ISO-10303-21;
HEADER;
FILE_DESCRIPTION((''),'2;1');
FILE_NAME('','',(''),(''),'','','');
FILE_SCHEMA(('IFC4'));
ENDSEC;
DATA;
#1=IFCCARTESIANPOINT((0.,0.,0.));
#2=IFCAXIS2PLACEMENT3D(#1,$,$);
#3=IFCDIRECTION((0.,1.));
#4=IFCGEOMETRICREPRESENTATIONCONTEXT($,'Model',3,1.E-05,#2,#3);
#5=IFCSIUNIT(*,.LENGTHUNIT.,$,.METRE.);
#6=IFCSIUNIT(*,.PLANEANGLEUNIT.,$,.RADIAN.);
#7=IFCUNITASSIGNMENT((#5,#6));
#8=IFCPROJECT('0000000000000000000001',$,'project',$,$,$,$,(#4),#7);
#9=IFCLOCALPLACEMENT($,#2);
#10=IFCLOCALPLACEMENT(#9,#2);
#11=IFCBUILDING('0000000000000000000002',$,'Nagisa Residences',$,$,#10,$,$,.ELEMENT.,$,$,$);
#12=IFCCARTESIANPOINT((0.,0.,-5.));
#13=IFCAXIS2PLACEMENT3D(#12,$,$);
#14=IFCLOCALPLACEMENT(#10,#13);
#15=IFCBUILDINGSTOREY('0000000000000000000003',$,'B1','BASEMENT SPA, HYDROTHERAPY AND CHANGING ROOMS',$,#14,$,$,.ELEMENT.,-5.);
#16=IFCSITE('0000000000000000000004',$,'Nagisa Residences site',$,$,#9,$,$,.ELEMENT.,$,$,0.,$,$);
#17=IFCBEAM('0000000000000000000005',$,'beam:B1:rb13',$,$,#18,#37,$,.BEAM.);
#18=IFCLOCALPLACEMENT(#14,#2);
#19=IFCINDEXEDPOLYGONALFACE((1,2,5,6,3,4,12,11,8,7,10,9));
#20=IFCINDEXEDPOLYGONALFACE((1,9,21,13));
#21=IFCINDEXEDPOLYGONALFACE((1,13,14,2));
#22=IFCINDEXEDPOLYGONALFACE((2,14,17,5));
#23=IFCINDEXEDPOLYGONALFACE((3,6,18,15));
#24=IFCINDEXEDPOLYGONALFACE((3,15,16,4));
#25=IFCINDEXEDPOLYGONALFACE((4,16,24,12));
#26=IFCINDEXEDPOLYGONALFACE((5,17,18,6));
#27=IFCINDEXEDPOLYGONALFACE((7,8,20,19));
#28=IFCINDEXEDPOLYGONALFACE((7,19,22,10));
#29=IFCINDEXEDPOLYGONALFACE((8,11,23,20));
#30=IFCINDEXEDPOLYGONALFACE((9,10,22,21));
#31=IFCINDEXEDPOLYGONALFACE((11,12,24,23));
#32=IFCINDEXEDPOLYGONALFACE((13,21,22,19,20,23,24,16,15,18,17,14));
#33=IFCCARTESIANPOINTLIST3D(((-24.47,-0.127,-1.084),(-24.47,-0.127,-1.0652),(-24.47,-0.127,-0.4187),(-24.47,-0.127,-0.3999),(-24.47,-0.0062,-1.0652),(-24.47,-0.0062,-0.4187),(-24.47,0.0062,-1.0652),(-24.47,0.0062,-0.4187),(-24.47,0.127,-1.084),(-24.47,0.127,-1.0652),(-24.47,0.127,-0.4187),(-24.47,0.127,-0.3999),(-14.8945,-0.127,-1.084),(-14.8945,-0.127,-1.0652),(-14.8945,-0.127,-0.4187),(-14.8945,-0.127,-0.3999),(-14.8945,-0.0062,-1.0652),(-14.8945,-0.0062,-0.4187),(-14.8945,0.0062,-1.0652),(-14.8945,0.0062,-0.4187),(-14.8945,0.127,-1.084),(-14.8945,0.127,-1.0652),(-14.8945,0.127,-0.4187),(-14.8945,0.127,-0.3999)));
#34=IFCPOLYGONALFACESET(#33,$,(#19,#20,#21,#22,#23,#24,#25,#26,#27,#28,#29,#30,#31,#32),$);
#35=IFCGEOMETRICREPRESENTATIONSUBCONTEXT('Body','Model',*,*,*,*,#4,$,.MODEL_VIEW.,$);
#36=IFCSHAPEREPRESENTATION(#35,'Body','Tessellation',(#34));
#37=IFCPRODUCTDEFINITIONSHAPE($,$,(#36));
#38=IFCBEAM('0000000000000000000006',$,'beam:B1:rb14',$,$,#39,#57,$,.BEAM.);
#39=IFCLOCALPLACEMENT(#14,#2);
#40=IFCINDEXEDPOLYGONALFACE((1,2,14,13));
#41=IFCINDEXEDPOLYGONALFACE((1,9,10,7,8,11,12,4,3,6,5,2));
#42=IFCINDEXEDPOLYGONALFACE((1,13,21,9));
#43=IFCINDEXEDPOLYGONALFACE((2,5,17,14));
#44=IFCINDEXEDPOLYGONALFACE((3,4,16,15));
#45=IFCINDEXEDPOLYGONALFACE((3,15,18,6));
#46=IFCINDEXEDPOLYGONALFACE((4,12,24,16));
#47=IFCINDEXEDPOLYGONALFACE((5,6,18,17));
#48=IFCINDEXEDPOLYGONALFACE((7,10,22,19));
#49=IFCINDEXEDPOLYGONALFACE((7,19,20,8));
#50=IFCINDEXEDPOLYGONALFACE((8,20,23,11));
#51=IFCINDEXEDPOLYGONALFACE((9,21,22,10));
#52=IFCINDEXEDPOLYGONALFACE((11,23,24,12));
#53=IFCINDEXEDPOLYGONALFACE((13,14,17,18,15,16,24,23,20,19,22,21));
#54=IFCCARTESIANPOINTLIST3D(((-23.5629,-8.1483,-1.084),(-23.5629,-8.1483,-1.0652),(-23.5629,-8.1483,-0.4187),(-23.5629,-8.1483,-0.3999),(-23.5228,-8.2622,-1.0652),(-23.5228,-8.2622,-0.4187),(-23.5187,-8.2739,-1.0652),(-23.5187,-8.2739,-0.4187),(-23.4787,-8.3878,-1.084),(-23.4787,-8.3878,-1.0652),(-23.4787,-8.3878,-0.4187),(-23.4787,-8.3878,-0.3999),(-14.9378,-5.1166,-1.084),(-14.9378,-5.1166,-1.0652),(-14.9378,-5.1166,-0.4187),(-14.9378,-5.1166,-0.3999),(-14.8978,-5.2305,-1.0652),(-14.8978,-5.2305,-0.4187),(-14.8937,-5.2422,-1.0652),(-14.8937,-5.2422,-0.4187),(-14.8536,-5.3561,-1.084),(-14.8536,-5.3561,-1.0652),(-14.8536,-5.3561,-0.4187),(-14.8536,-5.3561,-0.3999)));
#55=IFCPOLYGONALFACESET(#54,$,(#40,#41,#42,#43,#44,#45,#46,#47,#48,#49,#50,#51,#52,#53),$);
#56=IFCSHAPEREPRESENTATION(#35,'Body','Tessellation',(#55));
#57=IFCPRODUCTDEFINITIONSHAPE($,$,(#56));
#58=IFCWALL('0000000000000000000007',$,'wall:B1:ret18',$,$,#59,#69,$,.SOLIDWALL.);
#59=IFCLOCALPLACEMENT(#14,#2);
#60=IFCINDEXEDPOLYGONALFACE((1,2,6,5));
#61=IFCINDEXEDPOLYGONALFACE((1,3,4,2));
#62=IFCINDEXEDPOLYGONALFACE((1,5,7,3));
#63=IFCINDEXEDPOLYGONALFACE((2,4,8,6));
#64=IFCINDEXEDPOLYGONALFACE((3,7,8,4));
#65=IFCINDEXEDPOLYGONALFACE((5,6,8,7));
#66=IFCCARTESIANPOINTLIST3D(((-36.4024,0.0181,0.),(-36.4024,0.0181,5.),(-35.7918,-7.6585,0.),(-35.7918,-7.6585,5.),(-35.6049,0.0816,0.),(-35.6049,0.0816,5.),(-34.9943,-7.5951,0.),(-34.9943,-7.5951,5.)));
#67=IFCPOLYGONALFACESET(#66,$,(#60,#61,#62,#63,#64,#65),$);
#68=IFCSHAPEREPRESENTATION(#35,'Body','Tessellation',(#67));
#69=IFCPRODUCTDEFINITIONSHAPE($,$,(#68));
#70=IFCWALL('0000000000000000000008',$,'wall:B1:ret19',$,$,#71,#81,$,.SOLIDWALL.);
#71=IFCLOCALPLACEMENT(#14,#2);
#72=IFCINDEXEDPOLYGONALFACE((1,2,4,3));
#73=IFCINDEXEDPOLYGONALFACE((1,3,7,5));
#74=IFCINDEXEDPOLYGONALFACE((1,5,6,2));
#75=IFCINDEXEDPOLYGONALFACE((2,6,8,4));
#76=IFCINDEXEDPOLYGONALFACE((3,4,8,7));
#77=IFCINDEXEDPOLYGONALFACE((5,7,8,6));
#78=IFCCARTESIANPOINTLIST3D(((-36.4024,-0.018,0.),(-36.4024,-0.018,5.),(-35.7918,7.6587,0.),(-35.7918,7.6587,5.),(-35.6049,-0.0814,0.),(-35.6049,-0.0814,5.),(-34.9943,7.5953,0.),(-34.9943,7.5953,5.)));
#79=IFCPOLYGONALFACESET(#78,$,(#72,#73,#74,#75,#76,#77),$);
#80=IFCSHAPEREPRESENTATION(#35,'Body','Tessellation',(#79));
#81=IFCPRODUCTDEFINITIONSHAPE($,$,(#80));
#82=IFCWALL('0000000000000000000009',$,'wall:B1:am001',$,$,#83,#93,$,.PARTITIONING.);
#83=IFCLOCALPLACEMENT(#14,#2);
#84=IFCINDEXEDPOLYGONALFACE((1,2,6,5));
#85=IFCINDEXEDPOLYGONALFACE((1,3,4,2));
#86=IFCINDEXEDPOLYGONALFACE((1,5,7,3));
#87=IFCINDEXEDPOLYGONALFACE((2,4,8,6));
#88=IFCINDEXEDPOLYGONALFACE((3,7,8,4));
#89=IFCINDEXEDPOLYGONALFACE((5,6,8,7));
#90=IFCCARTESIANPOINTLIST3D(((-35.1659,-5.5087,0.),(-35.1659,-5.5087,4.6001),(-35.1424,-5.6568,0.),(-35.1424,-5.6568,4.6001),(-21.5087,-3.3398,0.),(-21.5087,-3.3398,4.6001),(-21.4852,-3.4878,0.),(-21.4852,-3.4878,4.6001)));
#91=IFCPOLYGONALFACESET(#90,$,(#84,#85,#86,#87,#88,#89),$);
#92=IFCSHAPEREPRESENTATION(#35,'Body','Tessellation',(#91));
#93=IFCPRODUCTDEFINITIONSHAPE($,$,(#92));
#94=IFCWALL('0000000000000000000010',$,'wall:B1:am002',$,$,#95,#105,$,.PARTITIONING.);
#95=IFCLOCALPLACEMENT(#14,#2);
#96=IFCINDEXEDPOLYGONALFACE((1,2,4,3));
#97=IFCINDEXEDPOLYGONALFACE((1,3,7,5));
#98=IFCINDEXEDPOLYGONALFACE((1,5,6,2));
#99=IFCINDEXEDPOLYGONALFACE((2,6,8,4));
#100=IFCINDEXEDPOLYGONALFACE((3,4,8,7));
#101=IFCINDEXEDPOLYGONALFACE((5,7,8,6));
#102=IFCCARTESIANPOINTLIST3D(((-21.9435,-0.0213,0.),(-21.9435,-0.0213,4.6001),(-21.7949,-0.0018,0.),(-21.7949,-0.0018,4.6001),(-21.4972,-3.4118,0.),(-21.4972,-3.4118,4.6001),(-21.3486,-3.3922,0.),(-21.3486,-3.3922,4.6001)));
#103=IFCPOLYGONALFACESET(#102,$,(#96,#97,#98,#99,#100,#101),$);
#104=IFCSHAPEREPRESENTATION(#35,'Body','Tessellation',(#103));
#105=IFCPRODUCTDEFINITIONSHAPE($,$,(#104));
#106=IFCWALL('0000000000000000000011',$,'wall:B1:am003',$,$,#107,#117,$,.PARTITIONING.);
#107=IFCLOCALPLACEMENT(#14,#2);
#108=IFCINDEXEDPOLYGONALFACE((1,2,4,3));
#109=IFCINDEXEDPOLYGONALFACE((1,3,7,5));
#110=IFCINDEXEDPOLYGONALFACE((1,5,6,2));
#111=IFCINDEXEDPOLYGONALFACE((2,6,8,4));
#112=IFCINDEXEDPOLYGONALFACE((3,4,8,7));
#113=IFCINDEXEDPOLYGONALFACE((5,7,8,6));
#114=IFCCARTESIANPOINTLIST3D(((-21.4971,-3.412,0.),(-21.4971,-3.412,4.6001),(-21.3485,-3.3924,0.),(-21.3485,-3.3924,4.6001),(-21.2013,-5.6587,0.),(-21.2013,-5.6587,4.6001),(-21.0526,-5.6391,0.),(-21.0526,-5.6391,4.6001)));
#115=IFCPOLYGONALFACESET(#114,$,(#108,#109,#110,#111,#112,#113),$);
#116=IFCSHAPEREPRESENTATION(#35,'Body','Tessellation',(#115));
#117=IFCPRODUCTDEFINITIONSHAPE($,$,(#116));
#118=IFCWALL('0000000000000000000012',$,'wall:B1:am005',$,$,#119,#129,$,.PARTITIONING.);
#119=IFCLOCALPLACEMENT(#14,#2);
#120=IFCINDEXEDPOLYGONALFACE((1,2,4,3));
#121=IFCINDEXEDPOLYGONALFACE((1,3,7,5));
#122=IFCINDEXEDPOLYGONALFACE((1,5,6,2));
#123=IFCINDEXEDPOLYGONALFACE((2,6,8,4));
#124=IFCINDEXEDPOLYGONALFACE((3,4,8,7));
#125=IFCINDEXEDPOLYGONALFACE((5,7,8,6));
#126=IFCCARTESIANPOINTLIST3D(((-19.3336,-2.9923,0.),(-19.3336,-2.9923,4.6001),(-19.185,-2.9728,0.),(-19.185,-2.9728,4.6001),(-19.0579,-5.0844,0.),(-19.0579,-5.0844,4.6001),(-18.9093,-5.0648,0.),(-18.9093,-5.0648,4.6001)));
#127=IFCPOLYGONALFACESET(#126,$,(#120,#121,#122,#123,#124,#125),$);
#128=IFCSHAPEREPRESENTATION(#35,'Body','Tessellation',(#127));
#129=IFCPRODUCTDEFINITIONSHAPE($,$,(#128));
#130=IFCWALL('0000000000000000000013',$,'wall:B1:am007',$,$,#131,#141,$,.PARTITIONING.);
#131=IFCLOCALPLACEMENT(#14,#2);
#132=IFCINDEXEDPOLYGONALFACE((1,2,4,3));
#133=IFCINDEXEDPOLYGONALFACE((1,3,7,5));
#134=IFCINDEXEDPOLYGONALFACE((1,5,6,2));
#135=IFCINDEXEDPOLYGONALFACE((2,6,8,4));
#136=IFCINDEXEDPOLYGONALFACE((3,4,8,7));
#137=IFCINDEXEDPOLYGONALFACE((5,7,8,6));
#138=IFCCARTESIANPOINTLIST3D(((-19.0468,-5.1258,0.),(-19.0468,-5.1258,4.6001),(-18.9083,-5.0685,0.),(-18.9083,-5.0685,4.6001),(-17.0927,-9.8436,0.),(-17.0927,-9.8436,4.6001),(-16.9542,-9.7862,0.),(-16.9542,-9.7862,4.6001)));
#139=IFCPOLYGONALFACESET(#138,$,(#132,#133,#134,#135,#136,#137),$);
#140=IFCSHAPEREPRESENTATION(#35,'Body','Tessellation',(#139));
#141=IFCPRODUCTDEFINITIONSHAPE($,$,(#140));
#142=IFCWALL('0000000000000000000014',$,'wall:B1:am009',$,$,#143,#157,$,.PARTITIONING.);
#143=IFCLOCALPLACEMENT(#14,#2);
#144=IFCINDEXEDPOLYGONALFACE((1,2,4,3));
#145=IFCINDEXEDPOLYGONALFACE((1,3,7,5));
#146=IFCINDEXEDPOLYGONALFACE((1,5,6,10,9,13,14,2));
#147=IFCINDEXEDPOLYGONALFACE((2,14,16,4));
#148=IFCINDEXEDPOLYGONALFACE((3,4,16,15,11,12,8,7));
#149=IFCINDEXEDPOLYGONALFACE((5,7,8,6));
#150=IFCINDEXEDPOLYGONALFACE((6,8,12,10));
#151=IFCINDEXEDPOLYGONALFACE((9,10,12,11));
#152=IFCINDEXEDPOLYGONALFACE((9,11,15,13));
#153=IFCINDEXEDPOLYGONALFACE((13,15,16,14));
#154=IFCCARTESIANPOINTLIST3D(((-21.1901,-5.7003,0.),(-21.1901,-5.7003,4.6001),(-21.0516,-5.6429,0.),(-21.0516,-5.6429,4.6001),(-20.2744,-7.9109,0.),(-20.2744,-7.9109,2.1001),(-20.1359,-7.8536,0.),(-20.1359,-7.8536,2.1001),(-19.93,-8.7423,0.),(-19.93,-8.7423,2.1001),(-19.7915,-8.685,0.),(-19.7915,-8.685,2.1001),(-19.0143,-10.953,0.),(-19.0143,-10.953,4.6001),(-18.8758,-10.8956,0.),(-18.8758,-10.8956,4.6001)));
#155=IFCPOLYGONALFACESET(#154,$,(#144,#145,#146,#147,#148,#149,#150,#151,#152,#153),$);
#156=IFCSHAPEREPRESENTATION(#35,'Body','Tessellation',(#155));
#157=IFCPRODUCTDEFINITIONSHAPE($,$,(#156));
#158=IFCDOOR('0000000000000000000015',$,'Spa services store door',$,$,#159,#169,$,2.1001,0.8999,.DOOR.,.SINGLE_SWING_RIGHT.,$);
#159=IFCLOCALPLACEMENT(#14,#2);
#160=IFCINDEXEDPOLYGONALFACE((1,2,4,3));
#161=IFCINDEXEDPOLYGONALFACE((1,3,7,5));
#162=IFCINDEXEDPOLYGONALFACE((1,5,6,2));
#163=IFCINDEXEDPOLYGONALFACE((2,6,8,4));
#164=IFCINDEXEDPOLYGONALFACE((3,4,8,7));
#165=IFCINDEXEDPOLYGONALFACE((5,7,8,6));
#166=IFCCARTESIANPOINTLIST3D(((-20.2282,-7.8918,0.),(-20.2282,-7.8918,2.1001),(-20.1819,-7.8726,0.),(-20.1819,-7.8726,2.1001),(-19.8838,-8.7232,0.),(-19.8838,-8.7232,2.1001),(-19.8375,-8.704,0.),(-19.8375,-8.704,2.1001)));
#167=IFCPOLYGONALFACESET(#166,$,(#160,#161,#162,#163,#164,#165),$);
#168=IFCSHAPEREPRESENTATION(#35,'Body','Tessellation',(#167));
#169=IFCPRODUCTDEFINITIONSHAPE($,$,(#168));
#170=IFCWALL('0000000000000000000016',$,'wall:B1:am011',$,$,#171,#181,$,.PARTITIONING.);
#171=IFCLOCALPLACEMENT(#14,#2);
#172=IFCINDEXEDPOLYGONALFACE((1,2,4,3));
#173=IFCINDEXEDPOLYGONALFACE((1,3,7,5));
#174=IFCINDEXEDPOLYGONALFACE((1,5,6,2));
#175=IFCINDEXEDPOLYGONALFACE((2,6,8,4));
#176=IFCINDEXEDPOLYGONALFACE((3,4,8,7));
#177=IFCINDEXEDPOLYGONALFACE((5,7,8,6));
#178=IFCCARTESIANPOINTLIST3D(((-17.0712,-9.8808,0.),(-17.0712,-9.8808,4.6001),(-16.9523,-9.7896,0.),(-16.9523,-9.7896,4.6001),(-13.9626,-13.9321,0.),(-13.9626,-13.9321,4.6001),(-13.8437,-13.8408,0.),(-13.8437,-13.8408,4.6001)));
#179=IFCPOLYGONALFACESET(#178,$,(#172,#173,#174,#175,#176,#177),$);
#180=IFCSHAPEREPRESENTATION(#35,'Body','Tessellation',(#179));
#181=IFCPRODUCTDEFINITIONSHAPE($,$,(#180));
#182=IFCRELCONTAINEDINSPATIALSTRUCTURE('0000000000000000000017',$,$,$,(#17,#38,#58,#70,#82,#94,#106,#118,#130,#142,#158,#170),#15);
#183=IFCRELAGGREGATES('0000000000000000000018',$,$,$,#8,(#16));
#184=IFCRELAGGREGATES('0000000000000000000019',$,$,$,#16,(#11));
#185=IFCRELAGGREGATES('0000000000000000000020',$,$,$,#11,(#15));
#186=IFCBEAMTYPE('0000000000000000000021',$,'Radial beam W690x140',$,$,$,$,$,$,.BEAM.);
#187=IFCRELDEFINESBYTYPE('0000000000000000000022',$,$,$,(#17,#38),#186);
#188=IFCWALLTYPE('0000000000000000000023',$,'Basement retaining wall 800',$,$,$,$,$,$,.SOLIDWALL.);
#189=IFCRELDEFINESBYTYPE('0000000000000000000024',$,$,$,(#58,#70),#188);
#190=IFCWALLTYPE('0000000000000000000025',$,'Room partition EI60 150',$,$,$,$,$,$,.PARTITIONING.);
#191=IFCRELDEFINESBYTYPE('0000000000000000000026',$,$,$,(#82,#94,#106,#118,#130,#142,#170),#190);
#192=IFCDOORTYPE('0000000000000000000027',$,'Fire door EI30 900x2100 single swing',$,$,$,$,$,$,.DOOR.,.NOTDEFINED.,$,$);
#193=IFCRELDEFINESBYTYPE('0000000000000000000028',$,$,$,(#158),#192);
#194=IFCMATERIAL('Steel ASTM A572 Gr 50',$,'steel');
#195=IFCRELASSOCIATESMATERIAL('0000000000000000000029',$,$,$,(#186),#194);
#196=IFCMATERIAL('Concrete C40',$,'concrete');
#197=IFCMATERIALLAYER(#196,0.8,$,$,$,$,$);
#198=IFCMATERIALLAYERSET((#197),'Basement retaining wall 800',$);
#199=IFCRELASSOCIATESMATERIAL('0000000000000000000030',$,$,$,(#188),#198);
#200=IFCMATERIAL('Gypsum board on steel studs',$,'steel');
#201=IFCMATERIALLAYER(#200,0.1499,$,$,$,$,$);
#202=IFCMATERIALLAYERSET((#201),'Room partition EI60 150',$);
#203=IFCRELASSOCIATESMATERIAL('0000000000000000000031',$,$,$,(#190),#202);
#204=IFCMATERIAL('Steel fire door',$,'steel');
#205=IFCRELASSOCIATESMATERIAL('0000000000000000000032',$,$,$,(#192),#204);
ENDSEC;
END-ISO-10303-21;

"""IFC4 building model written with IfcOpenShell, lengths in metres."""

from ifc_helpers import new_model, si_unit, direction, frame, frame_2d, origin, origin_2d, place, context, subcontext, project, spatial, rectangle, i_section, extrude, material, layer, layer_set, material_profile, profile_set, type_object, element, fill, save


model = new_model("IFC4")

# Units and contexts
model_context = context("Model", 3, precision=1e-05, world=origin(), true_north=direction((0.0, 1.0)))
body_context = subcontext(model_context, "Body", "Model", "MODEL_VIEW")
ifc_project = project(units=[si_unit("LENGTHUNIT", "METRE"), si_unit("PLANEANGLEUNIT", "RADIAN")], contexts=[model_context])

# Site, building, storey
site_placement = place(None, origin())
site = spatial("IfcSite", under=ifc_project, at=site_placement, Name="Nagisa Residences site", CompositionType="ELEMENT", RefElevation=0.0)
building_placement = place(site_placement, origin())
building = spatial("IfcBuilding", under=site, at=building_placement, Name="Nagisa Residences", CompositionType="ELEMENT")
storey_placement = place(building_placement, frame((0.0, 0.0, -5.0)))
storey = spatial("IfcBuildingStorey", under=building, at=storey_placement, Name="B1", Description="BASEMENT SPA, HYDROTHERAPY AND CHANGING ROOMS", CompositionType="ELEMENT", Elevation=-5.0)

# Beams
ifc_material_1 = material(Name="Steel ASTM A572 Gr 50", Category="steel")
ifc_material_profile_1 = material_profile(ifc_material_1, i_section(OverallWidth=0.2539, OverallDepth=0.6841, WebThickness=0.0125, FlangeThickness=0.0188, at=origin_2d()), Name="W690x140")
ifc_profile_set_1 = profile_set([ifc_material_profile_1], Name="Steel ASTM A572 Gr 50")
beam_type_1 = type_object("IfcBeamType", Name="Radial beam W690x140", PredefinedType="BEAM", material=ifc_profile_set_1)
beam_1_placement = place(storey_placement, frame((-24.47, 0.0, -0.7419), z_axis=(1.0, 0.0, 0.0), x_axis=(0.0, 1.0, 0.0)))
element("IfcBeam", 1, at=beam_1_placement, inside=storey, type_object=beam_type_1, Name="beam:B1:rb13", PredefinedType="BEAM", context=body_context, shape_type="SweptSolid", body=[
    extrude(i_section(OverallWidth=0.2539, OverallDepth=0.6841, WebThickness=0.0125, FlangeThickness=0.0188, at=origin_2d()), origin(), (0.0, 0.0, 1.0), 9.5754),
])
beam_2_placement = place(storey_placement, frame((-23.5208, -8.2681, -0.7419), z_axis=(0.943415, 0.331616, 0.0), x_axis=(-0.331616, 0.943415, 0.0)))
element("IfcBeam", 2, at=beam_2_placement, inside=storey, type_object=beam_type_1, Name="beam:B1:rb14", PredefinedType="BEAM", context=body_context, shape_type="SweptSolid", body=[
    extrude(i_section(OverallWidth=0.2539, OverallDepth=0.6841, WebThickness=0.0125, FlangeThickness=0.0188, at=origin_2d()), origin(), (0.0, 0.0, 1.0), 9.1423),
])

# Walls
ifc_material_2 = material(Name="Concrete C40", Category="concrete")
ifc_layer_1 = layer(ifc_material_2, 0.8)
ifc_layer_set_1 = layer_set([ifc_layer_1], Name="Basement retaining wall 800")
wall_type_1 = type_object("IfcWallType", Name="Basement retaining wall 800", PredefinedType="SOLIDWALL", material=ifc_layer_set_1)
for number, where, z_axis, x_axis, name in (
    (3, (-35.3931, -7.627, 0.0), (0.0, 0.0, 1.0), (-0.079288, 0.996852, 0.0), "wall:B1:ret18"),
    (4, (-36.0037, -0.0498, 0.0), (0.0, 0.0, 1.0), (0.079288, 0.996852, 0.0), "wall:B1:ret19"),
):
    element("IfcWall", number, at=place(storey_placement, frame(where, z_axis=z_axis, x_axis=x_axis)), inside=storey, type_object=wall_type_1, Name=name, PredefinedType="SOLIDWALL", context=body_context, shape_type="SweptSolid", body=[
        extrude(rectangle(XDim=7.7009, YDim=0.8, at=frame_2d((3.8506, 0.0))), origin(), (0.0, 0.0, 1.0), 5.0),
    ])
ifc_material_3 = material(Name="Gypsum board on steel studs", Category="steel")
ifc_layer_2 = layer(ifc_material_3, 0.1499)
ifc_layer_set_2 = layer_set([ifc_layer_2], Name="Room partition EI60 150")
wall_type_2 = type_object("IfcWallType", Name="Room partition EI60 150", PredefinedType="PARTITIONING", material=ifc_layer_set_2)
wall_1_placement = place(storey_placement, frame((-21.4971, -3.4138, 0.0), z_axis=(0.0, 0.0, 1.0), x_axis=(-0.987623, -0.156847, 0.0)))
element("IfcWall", 5, at=wall_1_placement, inside=storey, type_object=wall_type_2, Name="wall:B1:am001", PredefinedType="PARTITIONING", context=body_context, shape_type="SweptSolid", body=[
    extrude(rectangle(XDim=13.8284, YDim=0.1499, at=frame_2d((6.9141, 0.0))), origin(), (0.0, 0.0, 1.0), 4.6001),
])
wall_2_placement = place(storey_placement, frame((-21.4229, -3.4021, 0.0), z_axis=(0.0, 0.0, 1.0), x_axis=(-0.130508, 0.991447, 0.0)))
element("IfcWall", 6, at=wall_2_placement, inside=storey, type_object=wall_type_2, Name="wall:B1:am002", PredefinedType="PARTITIONING", context=body_context, shape_type="SweptSolid", body=[
    extrude(rectangle(XDim=3.4197, YDim=0.1499, at=frame_2d((1.71, 0.0))), origin(), (0.0, 0.0, 1.0), 4.6001),
])
wall_3_placement = place(storey_placement, frame((-21.127, -5.6489, 0.0), z_axis=(0.0, 0.0, 1.0), x_axis=(-0.130569, 0.991439, 0.0)))
element("IfcWall", 7, at=wall_3_placement, inside=storey, type_object=wall_type_2, Name="wall:B1:am003", PredefinedType="PARTITIONING", context=body_context, shape_type="SweptSolid", body=[
    extrude(rectangle(XDim=2.2661, YDim=0.1499, at=frame_2d((1.1331, 0.0))), origin(), (0.0, 0.0, 1.0), 4.6001),
])
wall_4_placement = place(storey_placement, frame((-19.2593, -2.9824, 0.0), z_axis=(0.0, 0.0, 1.0), x_axis=(0.130625, -0.991432, 0.0)))
element("IfcWall", 8, at=wall_4_placement, inside=storey, type_object=wall_type_2, Name="wall:B1:am005", PredefinedType="PARTITIONING", context=body_context, shape_type="SweptSolid", body=[
    extrude(rectangle(XDim=2.1101, YDim=0.1499, at=frame_2d((1.0552, 0.0))), origin(), (0.0, 0.0, 1.0), 4.6001),
])
wall_5_placement = place(storey_placement, frame((-18.9775, -5.0972, 0.0), z_axis=(0.0, 0.0, 1.0), x_axis=(0.382673, -0.923884, 0.0)))
element("IfcWall", 9, at=wall_5_placement, inside=storey, type_object=wall_type_2, Name="wall:B1:am007", PredefinedType="PARTITIONING", context=body_context, shape_type="SweptSolid", body=[
    extrude(rectangle(XDim=5.1064, YDim=0.1499, at=frame_2d((2.5532, 0.0))), origin(), (0.0, 0.0, 1.0), 4.6001),
])

# Wall, opening, door
wall_6_placement = place(storey_placement, frame((-18.9451, -10.9243, 0.0), z_axis=(0.0, 0.0, 1.0), x_axis=(-0.382691, 0.923877, 0.0)))
wall_6 = element("IfcWall", 10, at=wall_6_placement, inside=storey, type_object=wall_type_2, Name="wall:B1:am009", PredefinedType="PARTITIONING", context=body_context, shape_type="SweptSolid", body=[
    extrude(rectangle(XDim=5.6855, YDim=0.1499, at=frame_2d((2.8428, 0.0))), origin(), (0.0, 0.0, 1.0), 4.6001),
])
opening_placement = place(wall_6_placement, frame((2.3928, 0.0, 0.0)))
opening = element("IfcOpeningElement", 11, at=opening_placement, cuts=wall_6, PredefinedType="OPENING", context=body_context, shape_type="SweptSolid", body=[
    extrude(rectangle(XDim=0.8999, YDim=2.1001, at=frame_2d((0.45, 1.05))), frame((0.0, 0.085, 0.0), z_axis=(0.0, -1.0, 0.0), x_axis=(1.0, 0.0, 0.0)), (0.0, 0.0, 1.0), 0.1699),
])
ifc_material_4 = material(Name="Steel fire door", Category="steel")
door_type = type_object("IfcDoorType", Name="Fire door EI30 900x2100 single swing", OperationType="NOTDEFINED", PredefinedType="DOOR", material=ifc_material_4)
door_placement = place(opening_placement, origin())
door = element("IfcDoor", 12, at=door_placement, inside=storey, type_object=door_type, Name="Spa services store door", OperationType="SINGLE_SWING_RIGHT", OverallHeight=2.1001, OverallWidth=0.8999, PredefinedType="DOOR", context=body_context, shape_type="SweptSolid", body=[
    extrude(rectangle(XDim=0.8999, YDim=2.1001, at=frame_2d((0.45, 1.05))), frame((0.0, 0.0249, 0.0), z_axis=(0.0, -1.0, 0.0), x_axis=(1.0, 0.0, 0.0)), (0.0, 0.0, 1.0), 0.05),
])
fill(opening, door)

# Wall
wall_7_placement = place(storey_placement, frame((-17.0117, -9.8352, 0.0), z_axis=(0.0, 0.0, 1.0), x_axis=(0.608761, -0.793354, 0.0)))
element("IfcWall", 13, at=wall_7_placement, inside=storey, type_object=wall_type_2, Name="wall:B1:am011", PredefinedType="PARTITIONING", context=body_context, shape_type="SweptSolid", body=[
    extrude(rectangle(XDim=5.1064, YDim=0.1499, at=frame_2d((2.5532, 0.0))), origin(), (0.0, 0.0, 1.0), 4.6001),
])

save(model, "model.ifc")
